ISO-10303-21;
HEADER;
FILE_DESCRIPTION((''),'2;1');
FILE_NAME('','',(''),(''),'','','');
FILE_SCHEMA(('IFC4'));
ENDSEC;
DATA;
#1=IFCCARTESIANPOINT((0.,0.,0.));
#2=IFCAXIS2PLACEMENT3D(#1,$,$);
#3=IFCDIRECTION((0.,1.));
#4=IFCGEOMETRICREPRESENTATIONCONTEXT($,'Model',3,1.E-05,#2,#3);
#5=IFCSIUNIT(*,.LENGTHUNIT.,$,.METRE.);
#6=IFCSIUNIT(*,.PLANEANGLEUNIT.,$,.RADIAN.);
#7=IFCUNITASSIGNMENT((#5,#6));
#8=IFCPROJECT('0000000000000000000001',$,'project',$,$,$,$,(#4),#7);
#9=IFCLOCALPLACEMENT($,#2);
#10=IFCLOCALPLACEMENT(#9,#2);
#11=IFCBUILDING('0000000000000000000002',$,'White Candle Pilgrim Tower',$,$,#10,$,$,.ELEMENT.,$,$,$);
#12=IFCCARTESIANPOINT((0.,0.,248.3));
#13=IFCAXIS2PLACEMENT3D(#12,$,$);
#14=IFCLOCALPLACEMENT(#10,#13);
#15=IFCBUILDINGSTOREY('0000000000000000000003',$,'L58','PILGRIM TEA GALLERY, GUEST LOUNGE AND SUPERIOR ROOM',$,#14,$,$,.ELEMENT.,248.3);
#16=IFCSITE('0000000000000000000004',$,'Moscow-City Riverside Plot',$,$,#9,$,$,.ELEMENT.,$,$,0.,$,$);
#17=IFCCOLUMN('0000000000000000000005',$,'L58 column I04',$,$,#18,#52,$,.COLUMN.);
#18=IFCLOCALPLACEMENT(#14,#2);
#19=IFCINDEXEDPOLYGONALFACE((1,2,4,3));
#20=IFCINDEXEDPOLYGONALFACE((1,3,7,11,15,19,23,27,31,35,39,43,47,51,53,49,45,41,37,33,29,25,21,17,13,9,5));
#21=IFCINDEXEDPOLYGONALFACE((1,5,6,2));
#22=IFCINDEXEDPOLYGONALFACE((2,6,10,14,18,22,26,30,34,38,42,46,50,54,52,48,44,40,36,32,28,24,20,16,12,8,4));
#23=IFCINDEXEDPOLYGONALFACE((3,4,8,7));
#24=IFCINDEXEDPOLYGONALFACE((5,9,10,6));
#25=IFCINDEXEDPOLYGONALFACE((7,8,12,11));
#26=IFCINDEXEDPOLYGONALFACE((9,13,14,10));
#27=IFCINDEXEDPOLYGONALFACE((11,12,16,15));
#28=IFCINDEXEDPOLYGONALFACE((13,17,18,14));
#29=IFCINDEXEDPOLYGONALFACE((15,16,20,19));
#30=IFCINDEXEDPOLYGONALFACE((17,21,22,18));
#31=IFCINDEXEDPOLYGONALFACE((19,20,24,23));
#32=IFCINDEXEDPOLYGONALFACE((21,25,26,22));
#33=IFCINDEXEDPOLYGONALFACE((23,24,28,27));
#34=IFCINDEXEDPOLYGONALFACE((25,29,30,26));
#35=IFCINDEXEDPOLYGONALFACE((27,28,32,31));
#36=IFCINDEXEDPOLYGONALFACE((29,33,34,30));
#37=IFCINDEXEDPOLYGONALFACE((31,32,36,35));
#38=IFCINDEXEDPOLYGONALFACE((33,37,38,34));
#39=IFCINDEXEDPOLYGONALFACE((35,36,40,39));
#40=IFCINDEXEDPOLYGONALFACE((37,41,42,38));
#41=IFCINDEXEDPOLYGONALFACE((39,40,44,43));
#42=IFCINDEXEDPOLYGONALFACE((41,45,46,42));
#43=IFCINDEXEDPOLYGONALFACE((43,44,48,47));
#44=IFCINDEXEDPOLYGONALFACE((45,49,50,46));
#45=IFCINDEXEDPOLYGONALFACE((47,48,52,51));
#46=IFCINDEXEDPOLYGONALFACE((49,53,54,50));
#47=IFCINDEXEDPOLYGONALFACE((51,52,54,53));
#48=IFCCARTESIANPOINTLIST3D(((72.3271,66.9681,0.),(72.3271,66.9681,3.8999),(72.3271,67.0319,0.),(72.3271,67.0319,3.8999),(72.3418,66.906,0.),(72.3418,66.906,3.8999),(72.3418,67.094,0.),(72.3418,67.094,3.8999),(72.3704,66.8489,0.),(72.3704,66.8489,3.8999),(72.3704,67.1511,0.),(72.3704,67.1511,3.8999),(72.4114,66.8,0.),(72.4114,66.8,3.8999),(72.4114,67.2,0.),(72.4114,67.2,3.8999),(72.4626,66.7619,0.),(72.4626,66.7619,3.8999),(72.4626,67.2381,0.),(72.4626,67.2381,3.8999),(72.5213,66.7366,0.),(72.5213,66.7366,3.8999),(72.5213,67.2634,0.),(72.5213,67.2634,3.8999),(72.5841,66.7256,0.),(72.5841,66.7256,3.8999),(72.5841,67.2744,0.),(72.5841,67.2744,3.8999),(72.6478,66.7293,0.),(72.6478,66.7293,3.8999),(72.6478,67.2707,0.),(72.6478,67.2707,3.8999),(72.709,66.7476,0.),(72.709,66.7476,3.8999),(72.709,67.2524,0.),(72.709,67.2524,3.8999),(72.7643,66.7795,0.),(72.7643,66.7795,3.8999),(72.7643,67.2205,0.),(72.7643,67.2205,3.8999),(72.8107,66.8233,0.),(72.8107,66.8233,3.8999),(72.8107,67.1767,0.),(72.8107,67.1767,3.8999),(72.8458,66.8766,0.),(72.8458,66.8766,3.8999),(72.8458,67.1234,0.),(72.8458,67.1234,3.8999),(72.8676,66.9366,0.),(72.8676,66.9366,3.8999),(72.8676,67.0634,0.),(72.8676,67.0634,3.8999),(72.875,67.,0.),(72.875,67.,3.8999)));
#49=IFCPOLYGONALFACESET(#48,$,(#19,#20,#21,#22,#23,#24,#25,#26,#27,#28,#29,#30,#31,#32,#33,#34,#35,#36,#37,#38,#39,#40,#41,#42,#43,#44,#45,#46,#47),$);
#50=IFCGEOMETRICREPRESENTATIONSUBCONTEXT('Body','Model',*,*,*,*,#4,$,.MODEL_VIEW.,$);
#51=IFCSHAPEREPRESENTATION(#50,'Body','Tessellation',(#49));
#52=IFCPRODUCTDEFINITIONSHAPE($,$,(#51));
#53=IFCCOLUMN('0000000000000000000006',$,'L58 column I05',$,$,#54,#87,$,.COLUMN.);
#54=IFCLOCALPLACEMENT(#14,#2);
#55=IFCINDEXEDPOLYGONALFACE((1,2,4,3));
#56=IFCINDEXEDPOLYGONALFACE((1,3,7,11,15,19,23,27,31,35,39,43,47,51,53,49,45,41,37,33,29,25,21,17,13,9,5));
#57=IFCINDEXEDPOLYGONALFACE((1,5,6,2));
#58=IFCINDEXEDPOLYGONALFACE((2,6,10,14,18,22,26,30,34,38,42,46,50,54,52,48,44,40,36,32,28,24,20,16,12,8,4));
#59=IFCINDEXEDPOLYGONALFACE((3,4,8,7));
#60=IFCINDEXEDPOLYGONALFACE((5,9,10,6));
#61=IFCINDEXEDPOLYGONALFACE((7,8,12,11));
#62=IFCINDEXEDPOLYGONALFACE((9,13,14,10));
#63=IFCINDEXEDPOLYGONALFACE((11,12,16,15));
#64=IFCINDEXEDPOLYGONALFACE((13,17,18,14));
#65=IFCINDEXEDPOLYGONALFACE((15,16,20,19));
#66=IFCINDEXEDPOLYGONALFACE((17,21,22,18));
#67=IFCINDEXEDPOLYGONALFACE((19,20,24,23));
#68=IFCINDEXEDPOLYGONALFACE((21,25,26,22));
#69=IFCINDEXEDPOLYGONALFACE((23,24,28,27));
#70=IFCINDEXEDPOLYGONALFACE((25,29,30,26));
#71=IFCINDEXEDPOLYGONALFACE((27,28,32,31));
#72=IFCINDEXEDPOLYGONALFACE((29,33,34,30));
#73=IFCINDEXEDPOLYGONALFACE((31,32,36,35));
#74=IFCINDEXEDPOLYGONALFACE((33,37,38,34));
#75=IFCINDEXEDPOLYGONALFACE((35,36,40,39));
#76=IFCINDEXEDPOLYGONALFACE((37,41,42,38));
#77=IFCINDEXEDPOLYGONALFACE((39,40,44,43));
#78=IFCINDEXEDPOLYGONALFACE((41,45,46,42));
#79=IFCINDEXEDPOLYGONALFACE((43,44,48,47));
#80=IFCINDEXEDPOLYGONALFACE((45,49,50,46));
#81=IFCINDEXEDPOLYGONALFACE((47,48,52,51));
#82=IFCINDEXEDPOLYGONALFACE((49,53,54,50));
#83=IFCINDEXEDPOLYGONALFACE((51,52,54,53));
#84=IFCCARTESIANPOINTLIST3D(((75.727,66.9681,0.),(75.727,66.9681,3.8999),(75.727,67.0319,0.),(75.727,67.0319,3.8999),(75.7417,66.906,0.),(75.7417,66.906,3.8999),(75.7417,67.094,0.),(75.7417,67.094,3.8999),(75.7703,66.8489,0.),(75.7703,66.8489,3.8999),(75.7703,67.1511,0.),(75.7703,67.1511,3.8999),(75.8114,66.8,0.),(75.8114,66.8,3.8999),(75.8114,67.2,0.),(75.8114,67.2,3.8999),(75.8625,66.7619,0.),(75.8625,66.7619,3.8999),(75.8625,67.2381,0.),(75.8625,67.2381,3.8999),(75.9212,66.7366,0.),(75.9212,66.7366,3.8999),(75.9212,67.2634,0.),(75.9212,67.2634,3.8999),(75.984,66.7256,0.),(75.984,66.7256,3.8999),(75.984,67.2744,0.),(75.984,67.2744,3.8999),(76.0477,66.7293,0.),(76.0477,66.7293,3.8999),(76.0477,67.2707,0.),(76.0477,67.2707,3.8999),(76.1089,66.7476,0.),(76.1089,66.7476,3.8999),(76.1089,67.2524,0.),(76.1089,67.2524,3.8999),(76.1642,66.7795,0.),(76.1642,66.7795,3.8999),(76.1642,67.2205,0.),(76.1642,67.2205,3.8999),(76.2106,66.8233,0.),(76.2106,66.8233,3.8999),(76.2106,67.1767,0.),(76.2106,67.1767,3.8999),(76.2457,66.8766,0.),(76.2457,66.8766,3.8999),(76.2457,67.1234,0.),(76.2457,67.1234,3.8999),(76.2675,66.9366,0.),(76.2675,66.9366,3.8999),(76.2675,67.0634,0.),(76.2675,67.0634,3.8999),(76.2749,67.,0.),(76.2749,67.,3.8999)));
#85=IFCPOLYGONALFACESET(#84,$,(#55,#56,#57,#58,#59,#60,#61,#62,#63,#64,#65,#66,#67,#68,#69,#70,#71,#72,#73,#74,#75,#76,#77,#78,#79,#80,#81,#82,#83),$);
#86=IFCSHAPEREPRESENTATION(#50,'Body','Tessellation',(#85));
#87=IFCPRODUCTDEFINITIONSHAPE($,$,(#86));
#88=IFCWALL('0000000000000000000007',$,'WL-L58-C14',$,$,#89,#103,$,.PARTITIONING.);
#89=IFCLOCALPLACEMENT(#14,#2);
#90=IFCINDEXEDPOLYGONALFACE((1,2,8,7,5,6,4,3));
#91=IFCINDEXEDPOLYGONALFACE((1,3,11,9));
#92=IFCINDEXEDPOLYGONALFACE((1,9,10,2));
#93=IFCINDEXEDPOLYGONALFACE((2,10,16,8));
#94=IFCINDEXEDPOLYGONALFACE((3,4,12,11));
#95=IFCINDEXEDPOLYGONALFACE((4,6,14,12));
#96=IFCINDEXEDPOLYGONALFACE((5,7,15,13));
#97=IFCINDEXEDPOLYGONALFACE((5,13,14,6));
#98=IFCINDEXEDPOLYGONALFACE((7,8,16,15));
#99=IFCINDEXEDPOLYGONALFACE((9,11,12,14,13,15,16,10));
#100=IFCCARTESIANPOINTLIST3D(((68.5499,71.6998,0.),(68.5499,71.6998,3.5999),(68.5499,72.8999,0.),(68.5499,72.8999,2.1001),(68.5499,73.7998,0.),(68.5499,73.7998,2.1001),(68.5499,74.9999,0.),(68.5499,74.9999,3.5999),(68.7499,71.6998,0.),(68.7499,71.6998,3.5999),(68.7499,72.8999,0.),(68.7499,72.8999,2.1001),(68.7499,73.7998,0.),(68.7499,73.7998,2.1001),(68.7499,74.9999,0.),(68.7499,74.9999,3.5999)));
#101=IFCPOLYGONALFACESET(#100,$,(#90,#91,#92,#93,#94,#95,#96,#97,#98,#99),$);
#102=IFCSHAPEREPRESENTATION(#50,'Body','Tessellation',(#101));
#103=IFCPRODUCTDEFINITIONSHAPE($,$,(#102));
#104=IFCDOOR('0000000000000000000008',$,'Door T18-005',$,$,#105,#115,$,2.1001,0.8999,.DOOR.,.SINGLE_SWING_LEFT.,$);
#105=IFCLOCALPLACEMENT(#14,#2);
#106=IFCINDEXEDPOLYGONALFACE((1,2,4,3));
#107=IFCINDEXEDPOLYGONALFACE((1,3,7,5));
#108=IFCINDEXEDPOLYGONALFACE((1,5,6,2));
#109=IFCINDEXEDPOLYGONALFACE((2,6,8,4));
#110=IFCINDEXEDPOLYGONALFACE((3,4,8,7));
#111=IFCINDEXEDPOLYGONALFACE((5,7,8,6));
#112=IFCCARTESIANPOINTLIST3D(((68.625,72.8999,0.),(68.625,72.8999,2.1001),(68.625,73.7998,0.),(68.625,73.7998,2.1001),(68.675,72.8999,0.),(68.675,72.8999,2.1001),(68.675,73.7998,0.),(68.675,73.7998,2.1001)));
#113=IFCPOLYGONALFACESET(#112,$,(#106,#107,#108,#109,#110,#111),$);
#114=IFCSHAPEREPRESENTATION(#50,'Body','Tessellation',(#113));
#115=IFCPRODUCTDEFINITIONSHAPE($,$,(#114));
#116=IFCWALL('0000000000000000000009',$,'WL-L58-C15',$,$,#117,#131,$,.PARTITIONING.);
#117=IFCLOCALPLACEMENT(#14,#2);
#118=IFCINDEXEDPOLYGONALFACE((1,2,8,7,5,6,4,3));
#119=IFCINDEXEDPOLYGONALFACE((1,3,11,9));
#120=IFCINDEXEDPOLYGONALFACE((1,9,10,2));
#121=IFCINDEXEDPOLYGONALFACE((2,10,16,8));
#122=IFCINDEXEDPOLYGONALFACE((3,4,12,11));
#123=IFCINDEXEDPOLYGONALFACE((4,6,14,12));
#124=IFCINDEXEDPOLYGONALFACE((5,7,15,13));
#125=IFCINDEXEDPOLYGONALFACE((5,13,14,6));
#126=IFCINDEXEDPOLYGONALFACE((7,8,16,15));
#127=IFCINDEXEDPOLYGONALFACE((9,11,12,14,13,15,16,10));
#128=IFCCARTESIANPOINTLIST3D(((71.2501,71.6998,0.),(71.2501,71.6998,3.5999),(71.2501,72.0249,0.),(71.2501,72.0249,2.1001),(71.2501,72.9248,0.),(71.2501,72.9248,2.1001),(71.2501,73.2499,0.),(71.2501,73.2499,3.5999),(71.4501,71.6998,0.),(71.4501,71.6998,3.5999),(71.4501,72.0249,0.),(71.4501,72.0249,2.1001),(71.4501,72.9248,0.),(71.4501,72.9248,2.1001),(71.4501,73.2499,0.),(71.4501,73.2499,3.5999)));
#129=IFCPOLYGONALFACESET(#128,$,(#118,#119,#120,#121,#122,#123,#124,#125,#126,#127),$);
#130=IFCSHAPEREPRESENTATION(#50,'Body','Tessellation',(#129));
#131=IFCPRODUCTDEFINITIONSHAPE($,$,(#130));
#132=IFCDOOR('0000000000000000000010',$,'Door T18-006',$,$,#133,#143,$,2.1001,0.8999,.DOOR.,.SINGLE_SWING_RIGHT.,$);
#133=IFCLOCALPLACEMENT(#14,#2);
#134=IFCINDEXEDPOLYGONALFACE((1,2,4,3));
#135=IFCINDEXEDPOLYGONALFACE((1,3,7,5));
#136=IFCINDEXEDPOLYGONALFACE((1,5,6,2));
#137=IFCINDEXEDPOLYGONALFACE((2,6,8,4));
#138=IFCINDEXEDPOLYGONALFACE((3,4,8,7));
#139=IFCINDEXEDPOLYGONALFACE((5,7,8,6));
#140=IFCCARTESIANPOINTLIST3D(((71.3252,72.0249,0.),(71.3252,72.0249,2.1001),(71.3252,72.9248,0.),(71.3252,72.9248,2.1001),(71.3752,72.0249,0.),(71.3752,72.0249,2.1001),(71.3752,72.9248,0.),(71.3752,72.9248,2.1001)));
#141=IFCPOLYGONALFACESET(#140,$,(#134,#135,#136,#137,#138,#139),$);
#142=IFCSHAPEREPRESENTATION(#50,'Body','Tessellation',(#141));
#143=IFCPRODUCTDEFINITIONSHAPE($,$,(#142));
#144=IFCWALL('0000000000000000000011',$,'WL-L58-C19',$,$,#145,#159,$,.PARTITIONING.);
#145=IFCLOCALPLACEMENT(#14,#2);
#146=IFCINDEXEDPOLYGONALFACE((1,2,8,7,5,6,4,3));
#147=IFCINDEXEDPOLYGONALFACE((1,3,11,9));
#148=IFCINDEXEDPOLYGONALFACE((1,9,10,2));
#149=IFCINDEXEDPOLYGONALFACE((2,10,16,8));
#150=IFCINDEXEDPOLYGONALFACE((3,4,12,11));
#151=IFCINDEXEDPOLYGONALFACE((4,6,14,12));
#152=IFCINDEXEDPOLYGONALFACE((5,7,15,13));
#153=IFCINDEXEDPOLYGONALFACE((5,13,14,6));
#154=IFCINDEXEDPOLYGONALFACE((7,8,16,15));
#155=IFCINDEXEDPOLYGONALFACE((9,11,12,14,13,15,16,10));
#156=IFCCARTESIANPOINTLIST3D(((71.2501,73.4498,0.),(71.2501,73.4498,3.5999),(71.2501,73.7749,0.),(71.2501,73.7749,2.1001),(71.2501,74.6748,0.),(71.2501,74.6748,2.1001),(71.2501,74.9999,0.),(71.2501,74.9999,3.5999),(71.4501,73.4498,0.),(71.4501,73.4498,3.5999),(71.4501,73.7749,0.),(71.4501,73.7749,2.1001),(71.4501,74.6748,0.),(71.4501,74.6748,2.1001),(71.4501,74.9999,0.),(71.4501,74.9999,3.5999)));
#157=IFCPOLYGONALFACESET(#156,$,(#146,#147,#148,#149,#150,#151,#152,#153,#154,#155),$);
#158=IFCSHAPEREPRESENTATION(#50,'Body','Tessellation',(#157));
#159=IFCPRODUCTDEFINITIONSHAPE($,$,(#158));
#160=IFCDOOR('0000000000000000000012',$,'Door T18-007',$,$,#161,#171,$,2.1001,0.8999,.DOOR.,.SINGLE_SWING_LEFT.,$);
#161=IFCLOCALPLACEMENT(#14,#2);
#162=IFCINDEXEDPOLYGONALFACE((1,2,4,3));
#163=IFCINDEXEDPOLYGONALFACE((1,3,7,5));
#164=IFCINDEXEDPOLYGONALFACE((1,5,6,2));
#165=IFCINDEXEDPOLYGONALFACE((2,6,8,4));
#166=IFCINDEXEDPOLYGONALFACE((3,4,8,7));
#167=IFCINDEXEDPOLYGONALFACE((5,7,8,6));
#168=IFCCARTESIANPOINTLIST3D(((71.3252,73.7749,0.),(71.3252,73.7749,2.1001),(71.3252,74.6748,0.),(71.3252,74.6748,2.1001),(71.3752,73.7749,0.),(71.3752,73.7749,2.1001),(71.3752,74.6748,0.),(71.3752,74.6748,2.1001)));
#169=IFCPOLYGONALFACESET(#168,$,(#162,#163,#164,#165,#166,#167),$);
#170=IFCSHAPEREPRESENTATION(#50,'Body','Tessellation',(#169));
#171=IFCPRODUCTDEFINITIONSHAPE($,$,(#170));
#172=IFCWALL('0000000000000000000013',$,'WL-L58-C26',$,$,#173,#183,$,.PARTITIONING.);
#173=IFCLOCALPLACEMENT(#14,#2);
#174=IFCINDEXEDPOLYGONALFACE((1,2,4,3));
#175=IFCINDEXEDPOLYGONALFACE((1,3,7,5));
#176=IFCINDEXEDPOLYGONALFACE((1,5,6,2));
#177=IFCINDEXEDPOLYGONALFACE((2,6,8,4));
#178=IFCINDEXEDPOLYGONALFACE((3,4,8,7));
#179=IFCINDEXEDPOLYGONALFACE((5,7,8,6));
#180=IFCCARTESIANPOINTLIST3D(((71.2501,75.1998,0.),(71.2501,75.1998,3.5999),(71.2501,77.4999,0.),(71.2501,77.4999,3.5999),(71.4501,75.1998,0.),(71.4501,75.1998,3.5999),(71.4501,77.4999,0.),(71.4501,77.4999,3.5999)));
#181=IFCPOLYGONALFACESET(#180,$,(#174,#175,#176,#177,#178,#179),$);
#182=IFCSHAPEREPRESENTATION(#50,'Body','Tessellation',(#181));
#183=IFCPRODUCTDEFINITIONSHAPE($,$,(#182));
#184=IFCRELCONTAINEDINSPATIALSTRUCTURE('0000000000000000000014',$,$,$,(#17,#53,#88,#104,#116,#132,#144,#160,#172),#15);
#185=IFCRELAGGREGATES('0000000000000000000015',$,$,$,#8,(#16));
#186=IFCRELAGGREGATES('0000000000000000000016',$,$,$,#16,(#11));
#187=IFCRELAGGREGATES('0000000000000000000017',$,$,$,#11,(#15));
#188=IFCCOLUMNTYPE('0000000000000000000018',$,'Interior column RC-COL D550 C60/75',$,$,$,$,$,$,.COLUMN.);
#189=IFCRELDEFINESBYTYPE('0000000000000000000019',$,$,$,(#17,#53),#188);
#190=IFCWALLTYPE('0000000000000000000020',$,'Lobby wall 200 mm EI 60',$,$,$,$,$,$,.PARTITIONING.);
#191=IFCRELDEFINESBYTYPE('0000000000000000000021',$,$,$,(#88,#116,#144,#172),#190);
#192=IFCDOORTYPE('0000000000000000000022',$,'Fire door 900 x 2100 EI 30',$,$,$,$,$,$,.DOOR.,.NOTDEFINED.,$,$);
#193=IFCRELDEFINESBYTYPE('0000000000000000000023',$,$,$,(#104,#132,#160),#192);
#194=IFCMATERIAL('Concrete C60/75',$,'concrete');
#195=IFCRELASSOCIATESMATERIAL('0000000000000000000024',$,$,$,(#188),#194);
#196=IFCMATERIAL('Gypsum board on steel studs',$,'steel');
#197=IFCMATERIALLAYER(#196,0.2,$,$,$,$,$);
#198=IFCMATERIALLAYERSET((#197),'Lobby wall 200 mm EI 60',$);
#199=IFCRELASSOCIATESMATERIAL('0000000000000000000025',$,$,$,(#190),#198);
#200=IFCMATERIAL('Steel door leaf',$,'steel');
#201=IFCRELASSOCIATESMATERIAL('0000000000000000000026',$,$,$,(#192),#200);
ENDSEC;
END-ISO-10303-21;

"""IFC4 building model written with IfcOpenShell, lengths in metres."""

from ifc_helpers import new_model, si_unit, direction, frame, frame_2d, origin, origin_2d, place, context, subcontext, project, spatial, rectangle, circle, extrude, material, layer, layer_set, material_profile, profile_set, type_object, element, fill, save


model = new_model("IFC4")

# Units and contexts
model_context = context("Model", 3, precision=1e-05, world=origin(), true_north=direction((0.0, 1.0)))
body_context = subcontext(model_context, "Body", "Model", "MODEL_VIEW")
ifc_project = project(units=[si_unit("LENGTHUNIT", "METRE"), si_unit("PLANEANGLEUNIT", "RADIAN")], contexts=[model_context])

# Site, building, storey
site_placement = place(None, origin())
site = spatial("IfcSite", under=ifc_project, at=site_placement, Name="Moscow-City Riverside Plot", CompositionType="ELEMENT", RefElevation=0.0)
building_placement = place(site_placement, origin())
building = spatial("IfcBuilding", under=site, at=building_placement, Name="White Candle Pilgrim Tower", CompositionType="ELEMENT")
storey_placement = place(building_placement, frame((0.0, 0.0, 248.3)))
storey = spatial("IfcBuildingStorey", under=building, at=storey_placement, Name="L58", Description="PILGRIM TEA GALLERY, GUEST LOUNGE AND SUPERIOR ROOM", CompositionType="ELEMENT", Elevation=248.3)

# Columns
ifc_material_1 = material(Name="Concrete C60/75", Category="concrete")
ifc_material_profile = material_profile(ifc_material_1, circle(Radius=0.2749, at=origin_2d()), Name="RC-COL D550")
ifc_profile_set = profile_set([ifc_material_profile], Name="Concrete C60/75")
column_type = type_object("IfcColumnType", Name="Interior column RC-COL D550 C60/75", PredefinedType="COLUMN", material=ifc_profile_set)
for number, where, z_axis, x_axis, name in (
    (1, (72.6001, 67.0, 0.0), (0.0, 0.0, 1.0), (1.0, 0.0, 0.0), "L58 column I04"),
    (2, (76.0, 67.0, 0.0), (0.0, 0.0, 1.0), (1.0, 0.0, 0.0), "L58 column I05"),
):
    element("IfcColumn", number, at=place(storey_placement, frame(where, z_axis=z_axis, x_axis=x_axis)), inside=storey, type_object=column_type, Name=name, PredefinedType="COLUMN", context=body_context, shape_type="SweptSolid", body=[
        extrude(circle(Radius=0.2749, at=origin_2d()), origin(), (0.0, 0.0, 1.0), 3.8999),
    ])

# Walls, openings, doors
ifc_material_2 = material(Name="Gypsum board on steel studs", Category="steel")
ifc_layer_1 = layer(ifc_material_2, 0.2)
ifc_layer_set_1 = layer_set([ifc_layer_1], Name="Lobby wall 200 mm EI 60")
wall_type_1 = type_object("IfcWallType", Name="Lobby wall 200 mm EI 60", PredefinedType="PARTITIONING", material=ifc_layer_set_1)
wall_1_placement = place(storey_placement, frame((68.6499, 71.7, 0.0), z_axis=(0.0, 0.0, 1.0), x_axis=(0.0, 1.0, 0.0)))
wall_1 = element("IfcWall", 3, at=wall_1_placement, inside=storey, type_object=wall_type_1, Name="WL-L58-C14", PredefinedType="PARTITIONING", context=body_context, shape_type="SweptSolid", body=[
    extrude(rectangle(XDim=3.3, YDim=0.2, at=frame_2d((1.6499, 0.0))), origin(), (0.0, 0.0, 1.0), 3.5999),
])
opening_1_placement = place(wall_1_placement, frame((1.2, 0.0, 0.0)))
opening_1 = element("IfcOpeningElement", 4, at=opening_1_placement, cuts=wall_1, PredefinedType="OPENING", context=body_context, shape_type="SweptSolid", body=[
    extrude(rectangle(XDim=0.8999, YDim=2.1001, at=frame_2d((0.45, 1.05))), frame((0.0, 0.1099, 0.0), z_axis=(0.0, -1.0, 0.0), x_axis=(1.0, 0.0, 0.0)), (0.0, 0.0, 1.0), 0.22),
])
ifc_material_3 = material(Name="Steel door leaf", Category="steel")
door_type = type_object("IfcDoorType", Name="Fire door 900 x 2100 EI 30", OperationType="NOTDEFINED", PredefinedType="DOOR", material=ifc_material_3)
door_1_placement = place(opening_1_placement, origin())
door_1 = element("IfcDoor", 5, at=door_1_placement, inside=storey, type_object=door_type, Name="Door T18-005", OperationType="SINGLE_SWING_LEFT", OverallHeight=2.1001, OverallWidth=0.8999, PredefinedType="DOOR", context=body_context, shape_type="SweptSolid", body=[
    extrude(rectangle(XDim=0.8999, YDim=2.1001, at=frame_2d((0.45, 1.05))), frame((0.0, 0.0249, 0.0), z_axis=(0.0, -1.0, 0.0), x_axis=(1.0, 0.0, 0.0)), (0.0, 0.0, 1.0), 0.05),
])
fill(opening_1, door_1)
wall_2_placement = place(storey_placement, frame((71.3501, 71.7, 0.0), z_axis=(0.0, 0.0, 1.0), x_axis=(0.0, 1.0, 0.0)))
wall_2 = element("IfcWall", 6, at=wall_2_placement, inside=storey, type_object=wall_type_1, Name="WL-L58-C15", PredefinedType="PARTITIONING", context=body_context, shape_type="SweptSolid", body=[
    extrude(rectangle(XDim=1.55, YDim=0.2, at=frame_2d((0.7749, 0.0))), origin(), (0.0, 0.0, 1.0), 3.5999),
])
opening_2_placement = place(wall_2_placement, frame((0.325, 0.0, 0.0)))
opening_2 = element("IfcOpeningElement", 7, at=opening_2_placement, cuts=wall_2, PredefinedType="OPENING", context=body_context, shape_type="SweptSolid", body=[
    extrude(rectangle(XDim=0.8999, YDim=2.1001, at=frame_2d((0.45, 1.05))), frame((0.0, 0.1099, 0.0), z_axis=(0.0, -1.0, 0.0), x_axis=(1.0, 0.0, 0.0)), (0.0, 0.0, 1.0), 0.22),
])
door_2_placement = place(opening_2_placement, origin())
door_2 = element("IfcDoor", 8, at=door_2_placement, inside=storey, type_object=door_type, Name="Door T18-006", OperationType="SINGLE_SWING_RIGHT", OverallHeight=2.1001, OverallWidth=0.8999, PredefinedType="DOOR", context=body_context, shape_type="SweptSolid", body=[
    extrude(rectangle(XDim=0.8999, YDim=2.1001, at=frame_2d((0.45, 1.05))), frame((0.0, 0.0249, 0.0), z_axis=(0.0, -1.0, 0.0), x_axis=(1.0, 0.0, 0.0)), (0.0, 0.0, 1.0), 0.05),
])
fill(opening_2, door_2)
wall_3_placement = place(storey_placement, frame((71.3501, 73.45, 0.0), z_axis=(0.0, 0.0, 1.0), x_axis=(0.0, 1.0, 0.0)))
wall_3 = element("IfcWall", 9, at=wall_3_placement, inside=storey, type_object=wall_type_1, Name="WL-L58-C19", PredefinedType="PARTITIONING", context=body_context, shape_type="SweptSolid", body=[
    extrude(rectangle(XDim=1.55, YDim=0.2, at=frame_2d((0.7749, 0.0))), origin(), (0.0, 0.0, 1.0), 3.5999),
])
opening_3_placement = place(wall_3_placement, frame((0.325, 0.0, 0.0)))
opening_3 = element("IfcOpeningElement", 10, at=opening_3_placement, cuts=wall_3, PredefinedType="OPENING", context=body_context, shape_type="SweptSolid", body=[
    extrude(rectangle(XDim=0.8999, YDim=2.1001, at=frame_2d((0.45, 1.05))), frame((0.0, 0.1099, 0.0), z_axis=(0.0, -1.0, 0.0), x_axis=(1.0, 0.0, 0.0)), (0.0, 0.0, 1.0), 0.22),
])
door_3_placement = place(opening_3_placement, origin())
door_3 = element("IfcDoor", 11, at=door_3_placement, inside=storey, type_object=door_type, Name="Door T18-007", OperationType="SINGLE_SWING_LEFT", OverallHeight=2.1001, OverallWidth=0.8999, PredefinedType="DOOR", context=body_context, shape_type="SweptSolid", body=[
    extrude(rectangle(XDim=0.8999, YDim=2.1001, at=frame_2d((0.45, 1.05))), frame((0.0, 0.0249, 0.0), z_axis=(0.0, -1.0, 0.0), x_axis=(1.0, 0.0, 0.0)), (0.0, 0.0, 1.0), 0.05),
])
fill(opening_3, door_3)

# Wall
for number, where, z_axis, x_axis, name in (
    (12, (71.3501, 75.2, 0.0), (0.0, 0.0, 1.0), (0.0, 1.0, 0.0), "WL-L58-C26"),
):
    element("IfcWall", number, at=place(storey_placement, frame(where, z_axis=z_axis, x_axis=x_axis)), inside=storey, type_object=wall_type_1, Name=name, PredefinedType="PARTITIONING", context=body_context, shape_type="SweptSolid", body=[
        extrude(rectangle(XDim=2.3, YDim=0.2, at=frame_2d((1.1499, 0.0))), origin(), (0.0, 0.0, 1.0), 3.5999),
    ])

save(model, "model.ifc")
